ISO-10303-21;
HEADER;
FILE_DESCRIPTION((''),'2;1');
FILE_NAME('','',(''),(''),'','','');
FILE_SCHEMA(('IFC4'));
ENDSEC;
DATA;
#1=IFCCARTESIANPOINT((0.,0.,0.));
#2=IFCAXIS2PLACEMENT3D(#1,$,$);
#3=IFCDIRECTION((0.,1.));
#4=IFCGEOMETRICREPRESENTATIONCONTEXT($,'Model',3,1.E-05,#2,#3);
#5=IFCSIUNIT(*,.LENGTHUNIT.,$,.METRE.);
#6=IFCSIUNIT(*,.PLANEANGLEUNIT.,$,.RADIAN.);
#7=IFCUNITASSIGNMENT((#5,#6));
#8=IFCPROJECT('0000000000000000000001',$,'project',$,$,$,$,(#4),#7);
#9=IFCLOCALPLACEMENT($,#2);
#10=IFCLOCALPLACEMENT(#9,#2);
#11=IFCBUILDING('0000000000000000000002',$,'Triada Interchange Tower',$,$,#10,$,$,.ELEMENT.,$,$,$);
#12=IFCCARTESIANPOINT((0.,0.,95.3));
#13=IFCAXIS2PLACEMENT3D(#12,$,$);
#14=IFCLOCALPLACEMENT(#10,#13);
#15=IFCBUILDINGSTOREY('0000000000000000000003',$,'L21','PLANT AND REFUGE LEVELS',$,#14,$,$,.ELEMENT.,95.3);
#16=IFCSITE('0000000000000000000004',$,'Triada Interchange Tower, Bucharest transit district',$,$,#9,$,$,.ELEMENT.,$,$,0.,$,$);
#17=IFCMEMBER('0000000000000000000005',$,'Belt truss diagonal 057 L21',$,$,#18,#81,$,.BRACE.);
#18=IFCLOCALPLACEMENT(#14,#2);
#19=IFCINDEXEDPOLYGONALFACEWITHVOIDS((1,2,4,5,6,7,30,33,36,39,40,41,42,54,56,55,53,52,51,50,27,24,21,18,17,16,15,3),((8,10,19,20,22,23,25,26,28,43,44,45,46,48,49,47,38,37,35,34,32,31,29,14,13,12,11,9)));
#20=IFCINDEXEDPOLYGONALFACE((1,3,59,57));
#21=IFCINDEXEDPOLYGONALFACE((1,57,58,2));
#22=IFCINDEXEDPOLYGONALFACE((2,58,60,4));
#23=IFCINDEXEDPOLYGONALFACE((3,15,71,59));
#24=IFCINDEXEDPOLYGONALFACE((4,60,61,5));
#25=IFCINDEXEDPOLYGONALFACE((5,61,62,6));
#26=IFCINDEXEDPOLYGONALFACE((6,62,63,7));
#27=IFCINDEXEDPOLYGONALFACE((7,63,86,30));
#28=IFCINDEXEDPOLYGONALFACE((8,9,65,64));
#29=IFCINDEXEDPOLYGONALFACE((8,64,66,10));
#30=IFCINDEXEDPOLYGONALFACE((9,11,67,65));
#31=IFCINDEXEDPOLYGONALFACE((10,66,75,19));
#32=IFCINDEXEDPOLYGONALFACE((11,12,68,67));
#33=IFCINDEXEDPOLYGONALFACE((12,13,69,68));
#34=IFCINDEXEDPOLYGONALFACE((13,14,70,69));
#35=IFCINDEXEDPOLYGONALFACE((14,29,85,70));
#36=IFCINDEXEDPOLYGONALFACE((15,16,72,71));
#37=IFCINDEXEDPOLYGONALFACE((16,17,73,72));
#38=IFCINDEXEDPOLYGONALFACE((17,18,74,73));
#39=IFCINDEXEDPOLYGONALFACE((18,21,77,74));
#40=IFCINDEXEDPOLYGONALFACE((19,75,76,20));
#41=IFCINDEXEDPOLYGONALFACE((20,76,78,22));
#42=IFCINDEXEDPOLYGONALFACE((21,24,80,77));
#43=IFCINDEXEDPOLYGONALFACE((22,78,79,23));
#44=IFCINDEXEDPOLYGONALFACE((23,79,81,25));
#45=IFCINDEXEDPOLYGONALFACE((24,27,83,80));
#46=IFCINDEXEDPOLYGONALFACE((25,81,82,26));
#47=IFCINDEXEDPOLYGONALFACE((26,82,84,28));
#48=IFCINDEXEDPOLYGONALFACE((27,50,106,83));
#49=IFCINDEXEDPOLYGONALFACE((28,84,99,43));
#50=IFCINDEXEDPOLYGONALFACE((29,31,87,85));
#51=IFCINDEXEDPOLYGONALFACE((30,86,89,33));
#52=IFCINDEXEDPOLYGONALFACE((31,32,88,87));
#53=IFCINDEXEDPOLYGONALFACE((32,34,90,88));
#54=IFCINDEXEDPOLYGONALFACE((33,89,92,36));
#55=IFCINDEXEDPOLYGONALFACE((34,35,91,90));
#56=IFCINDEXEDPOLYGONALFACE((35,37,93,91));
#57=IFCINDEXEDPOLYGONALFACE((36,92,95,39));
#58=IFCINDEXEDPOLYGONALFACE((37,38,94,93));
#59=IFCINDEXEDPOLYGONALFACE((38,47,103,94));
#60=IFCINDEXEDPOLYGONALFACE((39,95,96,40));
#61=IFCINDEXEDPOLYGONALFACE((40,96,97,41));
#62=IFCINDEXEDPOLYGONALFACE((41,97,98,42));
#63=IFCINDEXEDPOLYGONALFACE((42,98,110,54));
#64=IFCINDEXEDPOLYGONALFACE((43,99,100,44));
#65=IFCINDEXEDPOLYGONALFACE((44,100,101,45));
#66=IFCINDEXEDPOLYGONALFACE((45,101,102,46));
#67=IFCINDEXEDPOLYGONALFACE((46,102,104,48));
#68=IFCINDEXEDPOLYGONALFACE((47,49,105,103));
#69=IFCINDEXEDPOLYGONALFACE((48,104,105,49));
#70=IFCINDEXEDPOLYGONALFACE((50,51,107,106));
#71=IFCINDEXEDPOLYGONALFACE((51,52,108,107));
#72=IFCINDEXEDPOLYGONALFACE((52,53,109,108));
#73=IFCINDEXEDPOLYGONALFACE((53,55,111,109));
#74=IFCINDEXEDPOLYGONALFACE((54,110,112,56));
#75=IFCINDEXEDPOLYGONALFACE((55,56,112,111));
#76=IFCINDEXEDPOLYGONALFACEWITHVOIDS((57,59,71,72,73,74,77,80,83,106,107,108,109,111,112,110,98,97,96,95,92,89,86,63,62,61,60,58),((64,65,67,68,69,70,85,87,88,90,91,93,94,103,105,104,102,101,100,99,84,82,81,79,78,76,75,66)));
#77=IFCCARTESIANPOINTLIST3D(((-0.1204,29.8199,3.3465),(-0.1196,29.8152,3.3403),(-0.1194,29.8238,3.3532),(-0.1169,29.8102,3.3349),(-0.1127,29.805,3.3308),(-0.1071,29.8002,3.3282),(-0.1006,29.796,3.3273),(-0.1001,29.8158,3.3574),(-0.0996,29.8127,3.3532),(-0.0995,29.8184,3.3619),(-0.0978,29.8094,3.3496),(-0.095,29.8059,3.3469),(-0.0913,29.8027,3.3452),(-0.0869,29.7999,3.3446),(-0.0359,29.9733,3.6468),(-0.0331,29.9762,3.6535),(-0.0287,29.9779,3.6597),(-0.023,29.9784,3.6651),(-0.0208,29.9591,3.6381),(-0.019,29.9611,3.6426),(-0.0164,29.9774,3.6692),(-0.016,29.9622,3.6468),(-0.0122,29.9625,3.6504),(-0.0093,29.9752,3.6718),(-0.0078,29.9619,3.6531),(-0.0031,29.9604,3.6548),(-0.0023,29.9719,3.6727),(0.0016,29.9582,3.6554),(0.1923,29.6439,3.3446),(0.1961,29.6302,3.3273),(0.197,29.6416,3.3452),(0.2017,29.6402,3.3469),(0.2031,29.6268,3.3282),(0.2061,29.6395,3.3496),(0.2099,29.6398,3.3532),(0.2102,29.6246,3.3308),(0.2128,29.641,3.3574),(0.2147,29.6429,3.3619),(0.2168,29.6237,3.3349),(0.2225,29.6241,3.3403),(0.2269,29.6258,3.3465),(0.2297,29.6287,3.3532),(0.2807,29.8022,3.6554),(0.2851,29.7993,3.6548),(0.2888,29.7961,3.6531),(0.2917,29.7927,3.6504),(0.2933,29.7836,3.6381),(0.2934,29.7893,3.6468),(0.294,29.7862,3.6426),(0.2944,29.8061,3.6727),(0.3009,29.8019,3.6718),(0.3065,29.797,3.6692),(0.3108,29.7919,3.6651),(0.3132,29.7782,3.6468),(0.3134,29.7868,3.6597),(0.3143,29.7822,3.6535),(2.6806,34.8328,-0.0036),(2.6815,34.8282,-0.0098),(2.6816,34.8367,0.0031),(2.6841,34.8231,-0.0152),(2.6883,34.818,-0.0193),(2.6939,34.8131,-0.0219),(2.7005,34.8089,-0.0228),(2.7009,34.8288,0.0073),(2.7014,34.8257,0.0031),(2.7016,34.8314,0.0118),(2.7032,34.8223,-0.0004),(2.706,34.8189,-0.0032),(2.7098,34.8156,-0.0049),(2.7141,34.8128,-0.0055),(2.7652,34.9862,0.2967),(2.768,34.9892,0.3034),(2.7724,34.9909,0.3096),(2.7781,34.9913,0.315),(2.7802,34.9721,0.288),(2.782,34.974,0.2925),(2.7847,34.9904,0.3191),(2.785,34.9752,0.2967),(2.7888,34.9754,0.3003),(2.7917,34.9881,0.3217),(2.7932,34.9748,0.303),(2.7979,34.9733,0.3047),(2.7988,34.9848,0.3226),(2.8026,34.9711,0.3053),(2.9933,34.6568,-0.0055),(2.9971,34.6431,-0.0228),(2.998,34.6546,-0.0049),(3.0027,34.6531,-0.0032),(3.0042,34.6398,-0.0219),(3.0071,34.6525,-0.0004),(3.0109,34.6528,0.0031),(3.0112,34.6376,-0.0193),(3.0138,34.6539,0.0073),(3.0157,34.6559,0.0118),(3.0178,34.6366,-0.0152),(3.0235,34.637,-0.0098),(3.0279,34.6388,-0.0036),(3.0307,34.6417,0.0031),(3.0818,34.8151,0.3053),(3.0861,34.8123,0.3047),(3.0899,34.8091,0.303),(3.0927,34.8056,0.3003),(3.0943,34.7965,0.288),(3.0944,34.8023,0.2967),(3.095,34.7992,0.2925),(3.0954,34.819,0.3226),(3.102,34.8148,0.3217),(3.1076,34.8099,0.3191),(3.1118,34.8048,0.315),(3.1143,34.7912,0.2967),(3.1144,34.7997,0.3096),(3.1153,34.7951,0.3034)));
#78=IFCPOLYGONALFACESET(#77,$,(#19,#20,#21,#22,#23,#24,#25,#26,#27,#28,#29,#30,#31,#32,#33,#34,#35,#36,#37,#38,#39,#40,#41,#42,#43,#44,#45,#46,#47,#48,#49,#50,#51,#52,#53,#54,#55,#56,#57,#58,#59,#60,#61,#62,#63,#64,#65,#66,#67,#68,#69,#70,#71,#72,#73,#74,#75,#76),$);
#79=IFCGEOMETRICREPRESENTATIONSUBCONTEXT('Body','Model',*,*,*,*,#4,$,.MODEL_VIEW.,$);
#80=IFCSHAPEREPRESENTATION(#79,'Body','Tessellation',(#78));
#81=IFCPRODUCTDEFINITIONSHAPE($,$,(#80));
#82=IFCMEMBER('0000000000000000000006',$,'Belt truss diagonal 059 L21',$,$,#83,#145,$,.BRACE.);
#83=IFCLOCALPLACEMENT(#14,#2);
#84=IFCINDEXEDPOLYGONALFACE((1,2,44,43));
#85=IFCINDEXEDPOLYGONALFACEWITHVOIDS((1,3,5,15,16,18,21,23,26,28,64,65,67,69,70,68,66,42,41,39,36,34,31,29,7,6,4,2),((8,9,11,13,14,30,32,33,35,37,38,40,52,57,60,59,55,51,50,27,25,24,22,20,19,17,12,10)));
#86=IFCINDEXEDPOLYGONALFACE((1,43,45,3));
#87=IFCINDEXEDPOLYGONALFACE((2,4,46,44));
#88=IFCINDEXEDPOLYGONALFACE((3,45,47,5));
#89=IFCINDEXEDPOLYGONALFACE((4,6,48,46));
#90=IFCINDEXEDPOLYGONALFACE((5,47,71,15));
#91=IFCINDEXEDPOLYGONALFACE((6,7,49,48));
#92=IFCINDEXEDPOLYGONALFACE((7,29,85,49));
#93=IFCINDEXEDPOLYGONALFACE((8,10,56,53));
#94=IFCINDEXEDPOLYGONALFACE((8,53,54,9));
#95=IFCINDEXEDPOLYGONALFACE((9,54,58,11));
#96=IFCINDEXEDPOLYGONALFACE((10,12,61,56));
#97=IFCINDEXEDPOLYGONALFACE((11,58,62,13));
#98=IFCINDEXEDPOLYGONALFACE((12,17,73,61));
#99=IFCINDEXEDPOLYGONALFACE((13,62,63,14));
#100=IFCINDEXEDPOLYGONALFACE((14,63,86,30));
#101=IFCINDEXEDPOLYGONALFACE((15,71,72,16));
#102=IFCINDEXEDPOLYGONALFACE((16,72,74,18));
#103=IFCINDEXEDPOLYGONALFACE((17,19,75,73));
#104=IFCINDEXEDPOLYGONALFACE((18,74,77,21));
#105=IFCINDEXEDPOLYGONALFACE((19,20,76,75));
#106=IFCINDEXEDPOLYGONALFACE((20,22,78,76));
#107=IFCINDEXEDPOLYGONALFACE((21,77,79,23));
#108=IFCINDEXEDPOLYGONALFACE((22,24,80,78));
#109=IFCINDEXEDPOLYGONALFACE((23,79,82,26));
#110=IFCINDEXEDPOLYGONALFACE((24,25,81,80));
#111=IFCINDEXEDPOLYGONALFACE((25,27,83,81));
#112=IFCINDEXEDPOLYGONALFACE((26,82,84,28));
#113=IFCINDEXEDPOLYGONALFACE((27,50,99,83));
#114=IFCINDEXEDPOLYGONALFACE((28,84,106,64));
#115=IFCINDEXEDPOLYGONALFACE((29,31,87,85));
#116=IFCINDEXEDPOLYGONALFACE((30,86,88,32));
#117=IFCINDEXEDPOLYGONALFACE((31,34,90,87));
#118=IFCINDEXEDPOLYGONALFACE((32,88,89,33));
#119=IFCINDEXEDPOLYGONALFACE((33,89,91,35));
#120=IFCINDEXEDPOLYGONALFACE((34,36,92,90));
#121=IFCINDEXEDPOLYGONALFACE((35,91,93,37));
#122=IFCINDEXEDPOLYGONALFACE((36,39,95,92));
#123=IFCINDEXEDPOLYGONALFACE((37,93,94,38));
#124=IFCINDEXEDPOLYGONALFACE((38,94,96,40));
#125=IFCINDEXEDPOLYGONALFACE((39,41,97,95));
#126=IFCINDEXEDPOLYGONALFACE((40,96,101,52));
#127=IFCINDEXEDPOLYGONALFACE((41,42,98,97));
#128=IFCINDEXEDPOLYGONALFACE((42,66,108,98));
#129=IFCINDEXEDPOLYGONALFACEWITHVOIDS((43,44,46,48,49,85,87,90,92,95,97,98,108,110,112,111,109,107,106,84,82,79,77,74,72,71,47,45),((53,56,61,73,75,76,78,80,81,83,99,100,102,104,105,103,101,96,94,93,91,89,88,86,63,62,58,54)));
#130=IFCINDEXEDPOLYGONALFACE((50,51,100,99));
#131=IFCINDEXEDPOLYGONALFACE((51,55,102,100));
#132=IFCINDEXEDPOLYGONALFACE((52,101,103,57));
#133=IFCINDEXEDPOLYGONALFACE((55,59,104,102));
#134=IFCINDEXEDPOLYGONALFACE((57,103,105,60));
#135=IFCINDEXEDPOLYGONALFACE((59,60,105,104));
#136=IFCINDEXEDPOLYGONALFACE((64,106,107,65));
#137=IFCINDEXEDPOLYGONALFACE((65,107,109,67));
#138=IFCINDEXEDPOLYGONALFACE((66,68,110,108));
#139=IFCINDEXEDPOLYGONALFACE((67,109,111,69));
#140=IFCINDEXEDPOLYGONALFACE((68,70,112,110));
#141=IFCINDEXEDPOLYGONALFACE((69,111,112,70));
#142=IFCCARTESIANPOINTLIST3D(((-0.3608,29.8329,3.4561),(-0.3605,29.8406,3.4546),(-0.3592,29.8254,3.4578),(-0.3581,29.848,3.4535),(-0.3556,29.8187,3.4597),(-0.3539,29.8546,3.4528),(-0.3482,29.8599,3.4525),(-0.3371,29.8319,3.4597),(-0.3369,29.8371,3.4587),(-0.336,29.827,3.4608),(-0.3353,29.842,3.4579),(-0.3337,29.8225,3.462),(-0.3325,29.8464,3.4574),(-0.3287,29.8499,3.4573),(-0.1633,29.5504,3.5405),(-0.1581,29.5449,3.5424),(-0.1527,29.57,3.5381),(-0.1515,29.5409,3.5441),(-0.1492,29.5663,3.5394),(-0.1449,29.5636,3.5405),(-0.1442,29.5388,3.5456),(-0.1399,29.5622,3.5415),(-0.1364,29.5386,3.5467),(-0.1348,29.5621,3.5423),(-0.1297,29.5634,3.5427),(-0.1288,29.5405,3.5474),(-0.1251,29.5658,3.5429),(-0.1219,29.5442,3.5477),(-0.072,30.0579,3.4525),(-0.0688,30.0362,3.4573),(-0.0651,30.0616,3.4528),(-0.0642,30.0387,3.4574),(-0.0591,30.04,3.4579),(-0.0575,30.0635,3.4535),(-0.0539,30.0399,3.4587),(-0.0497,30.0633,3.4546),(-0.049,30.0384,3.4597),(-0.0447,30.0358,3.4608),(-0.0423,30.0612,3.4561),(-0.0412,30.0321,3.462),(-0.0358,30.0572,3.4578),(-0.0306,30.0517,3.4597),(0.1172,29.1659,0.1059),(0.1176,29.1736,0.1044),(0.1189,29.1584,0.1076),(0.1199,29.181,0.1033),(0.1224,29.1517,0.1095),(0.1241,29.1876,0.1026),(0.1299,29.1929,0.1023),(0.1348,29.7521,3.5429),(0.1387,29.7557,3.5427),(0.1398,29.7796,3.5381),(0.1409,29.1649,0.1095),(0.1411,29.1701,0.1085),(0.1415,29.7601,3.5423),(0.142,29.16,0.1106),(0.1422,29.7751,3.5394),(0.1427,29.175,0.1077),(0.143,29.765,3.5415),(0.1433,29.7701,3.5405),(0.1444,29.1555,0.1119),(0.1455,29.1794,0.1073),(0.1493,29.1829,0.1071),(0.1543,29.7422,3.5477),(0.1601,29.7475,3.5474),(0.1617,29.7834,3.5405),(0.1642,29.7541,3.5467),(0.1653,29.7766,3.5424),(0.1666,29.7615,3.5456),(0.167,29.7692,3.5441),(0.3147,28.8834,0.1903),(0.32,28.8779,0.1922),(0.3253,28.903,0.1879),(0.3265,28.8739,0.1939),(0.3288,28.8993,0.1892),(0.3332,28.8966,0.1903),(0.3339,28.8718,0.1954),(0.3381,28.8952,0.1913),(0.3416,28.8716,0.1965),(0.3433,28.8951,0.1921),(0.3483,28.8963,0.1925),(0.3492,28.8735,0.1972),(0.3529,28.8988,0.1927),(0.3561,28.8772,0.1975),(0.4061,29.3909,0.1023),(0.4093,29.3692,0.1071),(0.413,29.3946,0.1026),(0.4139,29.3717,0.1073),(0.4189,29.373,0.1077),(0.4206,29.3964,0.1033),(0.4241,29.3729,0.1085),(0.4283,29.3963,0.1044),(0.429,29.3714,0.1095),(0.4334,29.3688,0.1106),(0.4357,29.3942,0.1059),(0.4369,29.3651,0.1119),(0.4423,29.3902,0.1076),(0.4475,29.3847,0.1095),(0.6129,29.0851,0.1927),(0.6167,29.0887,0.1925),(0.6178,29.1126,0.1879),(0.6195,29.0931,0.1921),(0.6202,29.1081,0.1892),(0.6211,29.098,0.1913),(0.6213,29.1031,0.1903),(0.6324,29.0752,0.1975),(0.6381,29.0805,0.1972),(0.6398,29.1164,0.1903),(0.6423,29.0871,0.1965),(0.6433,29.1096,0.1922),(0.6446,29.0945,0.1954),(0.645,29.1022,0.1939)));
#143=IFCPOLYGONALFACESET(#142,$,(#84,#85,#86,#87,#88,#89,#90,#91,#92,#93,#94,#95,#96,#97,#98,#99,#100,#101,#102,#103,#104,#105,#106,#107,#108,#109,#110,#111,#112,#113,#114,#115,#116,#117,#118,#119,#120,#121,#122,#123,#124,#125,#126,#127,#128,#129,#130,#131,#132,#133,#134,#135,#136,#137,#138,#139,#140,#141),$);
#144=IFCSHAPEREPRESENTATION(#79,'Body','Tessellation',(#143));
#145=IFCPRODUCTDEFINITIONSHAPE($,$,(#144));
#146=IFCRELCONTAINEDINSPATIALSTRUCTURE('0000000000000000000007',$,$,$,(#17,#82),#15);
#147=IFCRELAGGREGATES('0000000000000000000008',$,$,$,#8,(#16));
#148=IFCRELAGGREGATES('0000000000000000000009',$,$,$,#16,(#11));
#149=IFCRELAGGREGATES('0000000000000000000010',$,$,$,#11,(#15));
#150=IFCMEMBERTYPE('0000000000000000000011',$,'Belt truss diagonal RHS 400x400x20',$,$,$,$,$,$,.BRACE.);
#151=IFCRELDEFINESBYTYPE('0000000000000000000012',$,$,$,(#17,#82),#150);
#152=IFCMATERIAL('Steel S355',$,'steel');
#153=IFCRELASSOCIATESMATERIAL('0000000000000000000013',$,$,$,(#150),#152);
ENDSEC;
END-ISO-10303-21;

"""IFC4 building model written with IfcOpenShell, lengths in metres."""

from ifc_helpers import new_model, si_unit, direction, frame, origin, origin_2d, place, context, subcontext, project, spatial, hollow_rectangle, extrude, material, material_profile, profile_set, type_object, element, save


model = new_model("IFC4")

# Units and contexts
model_context = context("Model", 3, precision=1e-05, world=origin(), true_north=direction((0.0, 1.0)))
body_context = subcontext(model_context, "Body", "Model", "MODEL_VIEW")
ifc_project = project(units=[si_unit("LENGTHUNIT", "METRE"), si_unit("PLANEANGLEUNIT", "RADIAN")], contexts=[model_context])

# Site, building, storey
site_placement = place(None, origin())
site = spatial("IfcSite", under=ifc_project, at=site_placement, Name="Triada Interchange Tower, Bucharest transit district", CompositionType="ELEMENT", RefElevation=0.0)
building_placement = place(site_placement, origin())
building = spatial("IfcBuilding", under=site, at=building_placement, Name="Triada Interchange Tower", CompositionType="ELEMENT")
storey_placement = place(building_placement, frame((0.0, 0.0, 95.3)))
storey = spatial("IfcBuildingStorey", under=building, at=storey_placement, Name="L21", Description="PLANT AND REFUGE LEVELS", CompositionType="ELEMENT", Elevation=95.3)

# Members
ifc_material_1 = material(Name="Steel S355", Category="steel")
ifc_material_profile_1 = material_profile(ifc_material_1, hollow_rectangle(XDim=0.3999, YDim=0.3999, WallThickness=0.02, InnerFilletRadius=0.02, OuterFilletRadius=0.03, at=origin_2d()), Name="RHS 400x400x20")
ifc_profile_set_1 = profile_set([ifc_material_profile_1], Name="Steel S355")
member_type_1 = type_object("IfcMemberType", Name="Belt truss diagonal RHS 400x400x20", PredefinedType="BRACE", material=ifc_profile_set_1)
member_1_placement = place(storey_placement, frame((2.8979, 34.814, 0.1499), z_axis=(-0.421321, -0.75403, 0.503911), x_axis=(0.872967, -0.487778, 0.0)))
element("IfcMember", 1, at=member_1_placement, inside=storey, type_object=member_type_1, Name="Belt truss diagonal 057 L21", PredefinedType="BRACE", context=body_context, shape_type="SweptSolid", body=[
    extrude(hollow_rectangle(XDim=0.3999, YDim=0.3999, WallThickness=0.02, InnerFilletRadius=0.02, OuterFilletRadius=0.03, at=origin_2d()), origin(), (0.0, 0.0, 1.0), 6.6482),
])
member_2_placement = place(storey_placement, frame((0.3811, 29.134, 0.1499), z_axis=(-0.138593, 0.193379, 0.971286), x_axis=(-0.812808, -0.582532, 0.0)))
element("IfcMember", 2, at=member_2_placement, inside=storey, type_object=member_type_1, Name="Belt truss diagonal 059 L21", PredefinedType="BRACE", context=body_context, shape_type="SweptSolid", body=[
    extrude(hollow_rectangle(XDim=0.3999, YDim=0.3999, WallThickness=0.02, InnerFilletRadius=0.02, OuterFilletRadius=0.03, at=origin_2d()), origin(), (0.0, 0.0, 1.0), 3.4492),
])

save(model, "model.ifc")
